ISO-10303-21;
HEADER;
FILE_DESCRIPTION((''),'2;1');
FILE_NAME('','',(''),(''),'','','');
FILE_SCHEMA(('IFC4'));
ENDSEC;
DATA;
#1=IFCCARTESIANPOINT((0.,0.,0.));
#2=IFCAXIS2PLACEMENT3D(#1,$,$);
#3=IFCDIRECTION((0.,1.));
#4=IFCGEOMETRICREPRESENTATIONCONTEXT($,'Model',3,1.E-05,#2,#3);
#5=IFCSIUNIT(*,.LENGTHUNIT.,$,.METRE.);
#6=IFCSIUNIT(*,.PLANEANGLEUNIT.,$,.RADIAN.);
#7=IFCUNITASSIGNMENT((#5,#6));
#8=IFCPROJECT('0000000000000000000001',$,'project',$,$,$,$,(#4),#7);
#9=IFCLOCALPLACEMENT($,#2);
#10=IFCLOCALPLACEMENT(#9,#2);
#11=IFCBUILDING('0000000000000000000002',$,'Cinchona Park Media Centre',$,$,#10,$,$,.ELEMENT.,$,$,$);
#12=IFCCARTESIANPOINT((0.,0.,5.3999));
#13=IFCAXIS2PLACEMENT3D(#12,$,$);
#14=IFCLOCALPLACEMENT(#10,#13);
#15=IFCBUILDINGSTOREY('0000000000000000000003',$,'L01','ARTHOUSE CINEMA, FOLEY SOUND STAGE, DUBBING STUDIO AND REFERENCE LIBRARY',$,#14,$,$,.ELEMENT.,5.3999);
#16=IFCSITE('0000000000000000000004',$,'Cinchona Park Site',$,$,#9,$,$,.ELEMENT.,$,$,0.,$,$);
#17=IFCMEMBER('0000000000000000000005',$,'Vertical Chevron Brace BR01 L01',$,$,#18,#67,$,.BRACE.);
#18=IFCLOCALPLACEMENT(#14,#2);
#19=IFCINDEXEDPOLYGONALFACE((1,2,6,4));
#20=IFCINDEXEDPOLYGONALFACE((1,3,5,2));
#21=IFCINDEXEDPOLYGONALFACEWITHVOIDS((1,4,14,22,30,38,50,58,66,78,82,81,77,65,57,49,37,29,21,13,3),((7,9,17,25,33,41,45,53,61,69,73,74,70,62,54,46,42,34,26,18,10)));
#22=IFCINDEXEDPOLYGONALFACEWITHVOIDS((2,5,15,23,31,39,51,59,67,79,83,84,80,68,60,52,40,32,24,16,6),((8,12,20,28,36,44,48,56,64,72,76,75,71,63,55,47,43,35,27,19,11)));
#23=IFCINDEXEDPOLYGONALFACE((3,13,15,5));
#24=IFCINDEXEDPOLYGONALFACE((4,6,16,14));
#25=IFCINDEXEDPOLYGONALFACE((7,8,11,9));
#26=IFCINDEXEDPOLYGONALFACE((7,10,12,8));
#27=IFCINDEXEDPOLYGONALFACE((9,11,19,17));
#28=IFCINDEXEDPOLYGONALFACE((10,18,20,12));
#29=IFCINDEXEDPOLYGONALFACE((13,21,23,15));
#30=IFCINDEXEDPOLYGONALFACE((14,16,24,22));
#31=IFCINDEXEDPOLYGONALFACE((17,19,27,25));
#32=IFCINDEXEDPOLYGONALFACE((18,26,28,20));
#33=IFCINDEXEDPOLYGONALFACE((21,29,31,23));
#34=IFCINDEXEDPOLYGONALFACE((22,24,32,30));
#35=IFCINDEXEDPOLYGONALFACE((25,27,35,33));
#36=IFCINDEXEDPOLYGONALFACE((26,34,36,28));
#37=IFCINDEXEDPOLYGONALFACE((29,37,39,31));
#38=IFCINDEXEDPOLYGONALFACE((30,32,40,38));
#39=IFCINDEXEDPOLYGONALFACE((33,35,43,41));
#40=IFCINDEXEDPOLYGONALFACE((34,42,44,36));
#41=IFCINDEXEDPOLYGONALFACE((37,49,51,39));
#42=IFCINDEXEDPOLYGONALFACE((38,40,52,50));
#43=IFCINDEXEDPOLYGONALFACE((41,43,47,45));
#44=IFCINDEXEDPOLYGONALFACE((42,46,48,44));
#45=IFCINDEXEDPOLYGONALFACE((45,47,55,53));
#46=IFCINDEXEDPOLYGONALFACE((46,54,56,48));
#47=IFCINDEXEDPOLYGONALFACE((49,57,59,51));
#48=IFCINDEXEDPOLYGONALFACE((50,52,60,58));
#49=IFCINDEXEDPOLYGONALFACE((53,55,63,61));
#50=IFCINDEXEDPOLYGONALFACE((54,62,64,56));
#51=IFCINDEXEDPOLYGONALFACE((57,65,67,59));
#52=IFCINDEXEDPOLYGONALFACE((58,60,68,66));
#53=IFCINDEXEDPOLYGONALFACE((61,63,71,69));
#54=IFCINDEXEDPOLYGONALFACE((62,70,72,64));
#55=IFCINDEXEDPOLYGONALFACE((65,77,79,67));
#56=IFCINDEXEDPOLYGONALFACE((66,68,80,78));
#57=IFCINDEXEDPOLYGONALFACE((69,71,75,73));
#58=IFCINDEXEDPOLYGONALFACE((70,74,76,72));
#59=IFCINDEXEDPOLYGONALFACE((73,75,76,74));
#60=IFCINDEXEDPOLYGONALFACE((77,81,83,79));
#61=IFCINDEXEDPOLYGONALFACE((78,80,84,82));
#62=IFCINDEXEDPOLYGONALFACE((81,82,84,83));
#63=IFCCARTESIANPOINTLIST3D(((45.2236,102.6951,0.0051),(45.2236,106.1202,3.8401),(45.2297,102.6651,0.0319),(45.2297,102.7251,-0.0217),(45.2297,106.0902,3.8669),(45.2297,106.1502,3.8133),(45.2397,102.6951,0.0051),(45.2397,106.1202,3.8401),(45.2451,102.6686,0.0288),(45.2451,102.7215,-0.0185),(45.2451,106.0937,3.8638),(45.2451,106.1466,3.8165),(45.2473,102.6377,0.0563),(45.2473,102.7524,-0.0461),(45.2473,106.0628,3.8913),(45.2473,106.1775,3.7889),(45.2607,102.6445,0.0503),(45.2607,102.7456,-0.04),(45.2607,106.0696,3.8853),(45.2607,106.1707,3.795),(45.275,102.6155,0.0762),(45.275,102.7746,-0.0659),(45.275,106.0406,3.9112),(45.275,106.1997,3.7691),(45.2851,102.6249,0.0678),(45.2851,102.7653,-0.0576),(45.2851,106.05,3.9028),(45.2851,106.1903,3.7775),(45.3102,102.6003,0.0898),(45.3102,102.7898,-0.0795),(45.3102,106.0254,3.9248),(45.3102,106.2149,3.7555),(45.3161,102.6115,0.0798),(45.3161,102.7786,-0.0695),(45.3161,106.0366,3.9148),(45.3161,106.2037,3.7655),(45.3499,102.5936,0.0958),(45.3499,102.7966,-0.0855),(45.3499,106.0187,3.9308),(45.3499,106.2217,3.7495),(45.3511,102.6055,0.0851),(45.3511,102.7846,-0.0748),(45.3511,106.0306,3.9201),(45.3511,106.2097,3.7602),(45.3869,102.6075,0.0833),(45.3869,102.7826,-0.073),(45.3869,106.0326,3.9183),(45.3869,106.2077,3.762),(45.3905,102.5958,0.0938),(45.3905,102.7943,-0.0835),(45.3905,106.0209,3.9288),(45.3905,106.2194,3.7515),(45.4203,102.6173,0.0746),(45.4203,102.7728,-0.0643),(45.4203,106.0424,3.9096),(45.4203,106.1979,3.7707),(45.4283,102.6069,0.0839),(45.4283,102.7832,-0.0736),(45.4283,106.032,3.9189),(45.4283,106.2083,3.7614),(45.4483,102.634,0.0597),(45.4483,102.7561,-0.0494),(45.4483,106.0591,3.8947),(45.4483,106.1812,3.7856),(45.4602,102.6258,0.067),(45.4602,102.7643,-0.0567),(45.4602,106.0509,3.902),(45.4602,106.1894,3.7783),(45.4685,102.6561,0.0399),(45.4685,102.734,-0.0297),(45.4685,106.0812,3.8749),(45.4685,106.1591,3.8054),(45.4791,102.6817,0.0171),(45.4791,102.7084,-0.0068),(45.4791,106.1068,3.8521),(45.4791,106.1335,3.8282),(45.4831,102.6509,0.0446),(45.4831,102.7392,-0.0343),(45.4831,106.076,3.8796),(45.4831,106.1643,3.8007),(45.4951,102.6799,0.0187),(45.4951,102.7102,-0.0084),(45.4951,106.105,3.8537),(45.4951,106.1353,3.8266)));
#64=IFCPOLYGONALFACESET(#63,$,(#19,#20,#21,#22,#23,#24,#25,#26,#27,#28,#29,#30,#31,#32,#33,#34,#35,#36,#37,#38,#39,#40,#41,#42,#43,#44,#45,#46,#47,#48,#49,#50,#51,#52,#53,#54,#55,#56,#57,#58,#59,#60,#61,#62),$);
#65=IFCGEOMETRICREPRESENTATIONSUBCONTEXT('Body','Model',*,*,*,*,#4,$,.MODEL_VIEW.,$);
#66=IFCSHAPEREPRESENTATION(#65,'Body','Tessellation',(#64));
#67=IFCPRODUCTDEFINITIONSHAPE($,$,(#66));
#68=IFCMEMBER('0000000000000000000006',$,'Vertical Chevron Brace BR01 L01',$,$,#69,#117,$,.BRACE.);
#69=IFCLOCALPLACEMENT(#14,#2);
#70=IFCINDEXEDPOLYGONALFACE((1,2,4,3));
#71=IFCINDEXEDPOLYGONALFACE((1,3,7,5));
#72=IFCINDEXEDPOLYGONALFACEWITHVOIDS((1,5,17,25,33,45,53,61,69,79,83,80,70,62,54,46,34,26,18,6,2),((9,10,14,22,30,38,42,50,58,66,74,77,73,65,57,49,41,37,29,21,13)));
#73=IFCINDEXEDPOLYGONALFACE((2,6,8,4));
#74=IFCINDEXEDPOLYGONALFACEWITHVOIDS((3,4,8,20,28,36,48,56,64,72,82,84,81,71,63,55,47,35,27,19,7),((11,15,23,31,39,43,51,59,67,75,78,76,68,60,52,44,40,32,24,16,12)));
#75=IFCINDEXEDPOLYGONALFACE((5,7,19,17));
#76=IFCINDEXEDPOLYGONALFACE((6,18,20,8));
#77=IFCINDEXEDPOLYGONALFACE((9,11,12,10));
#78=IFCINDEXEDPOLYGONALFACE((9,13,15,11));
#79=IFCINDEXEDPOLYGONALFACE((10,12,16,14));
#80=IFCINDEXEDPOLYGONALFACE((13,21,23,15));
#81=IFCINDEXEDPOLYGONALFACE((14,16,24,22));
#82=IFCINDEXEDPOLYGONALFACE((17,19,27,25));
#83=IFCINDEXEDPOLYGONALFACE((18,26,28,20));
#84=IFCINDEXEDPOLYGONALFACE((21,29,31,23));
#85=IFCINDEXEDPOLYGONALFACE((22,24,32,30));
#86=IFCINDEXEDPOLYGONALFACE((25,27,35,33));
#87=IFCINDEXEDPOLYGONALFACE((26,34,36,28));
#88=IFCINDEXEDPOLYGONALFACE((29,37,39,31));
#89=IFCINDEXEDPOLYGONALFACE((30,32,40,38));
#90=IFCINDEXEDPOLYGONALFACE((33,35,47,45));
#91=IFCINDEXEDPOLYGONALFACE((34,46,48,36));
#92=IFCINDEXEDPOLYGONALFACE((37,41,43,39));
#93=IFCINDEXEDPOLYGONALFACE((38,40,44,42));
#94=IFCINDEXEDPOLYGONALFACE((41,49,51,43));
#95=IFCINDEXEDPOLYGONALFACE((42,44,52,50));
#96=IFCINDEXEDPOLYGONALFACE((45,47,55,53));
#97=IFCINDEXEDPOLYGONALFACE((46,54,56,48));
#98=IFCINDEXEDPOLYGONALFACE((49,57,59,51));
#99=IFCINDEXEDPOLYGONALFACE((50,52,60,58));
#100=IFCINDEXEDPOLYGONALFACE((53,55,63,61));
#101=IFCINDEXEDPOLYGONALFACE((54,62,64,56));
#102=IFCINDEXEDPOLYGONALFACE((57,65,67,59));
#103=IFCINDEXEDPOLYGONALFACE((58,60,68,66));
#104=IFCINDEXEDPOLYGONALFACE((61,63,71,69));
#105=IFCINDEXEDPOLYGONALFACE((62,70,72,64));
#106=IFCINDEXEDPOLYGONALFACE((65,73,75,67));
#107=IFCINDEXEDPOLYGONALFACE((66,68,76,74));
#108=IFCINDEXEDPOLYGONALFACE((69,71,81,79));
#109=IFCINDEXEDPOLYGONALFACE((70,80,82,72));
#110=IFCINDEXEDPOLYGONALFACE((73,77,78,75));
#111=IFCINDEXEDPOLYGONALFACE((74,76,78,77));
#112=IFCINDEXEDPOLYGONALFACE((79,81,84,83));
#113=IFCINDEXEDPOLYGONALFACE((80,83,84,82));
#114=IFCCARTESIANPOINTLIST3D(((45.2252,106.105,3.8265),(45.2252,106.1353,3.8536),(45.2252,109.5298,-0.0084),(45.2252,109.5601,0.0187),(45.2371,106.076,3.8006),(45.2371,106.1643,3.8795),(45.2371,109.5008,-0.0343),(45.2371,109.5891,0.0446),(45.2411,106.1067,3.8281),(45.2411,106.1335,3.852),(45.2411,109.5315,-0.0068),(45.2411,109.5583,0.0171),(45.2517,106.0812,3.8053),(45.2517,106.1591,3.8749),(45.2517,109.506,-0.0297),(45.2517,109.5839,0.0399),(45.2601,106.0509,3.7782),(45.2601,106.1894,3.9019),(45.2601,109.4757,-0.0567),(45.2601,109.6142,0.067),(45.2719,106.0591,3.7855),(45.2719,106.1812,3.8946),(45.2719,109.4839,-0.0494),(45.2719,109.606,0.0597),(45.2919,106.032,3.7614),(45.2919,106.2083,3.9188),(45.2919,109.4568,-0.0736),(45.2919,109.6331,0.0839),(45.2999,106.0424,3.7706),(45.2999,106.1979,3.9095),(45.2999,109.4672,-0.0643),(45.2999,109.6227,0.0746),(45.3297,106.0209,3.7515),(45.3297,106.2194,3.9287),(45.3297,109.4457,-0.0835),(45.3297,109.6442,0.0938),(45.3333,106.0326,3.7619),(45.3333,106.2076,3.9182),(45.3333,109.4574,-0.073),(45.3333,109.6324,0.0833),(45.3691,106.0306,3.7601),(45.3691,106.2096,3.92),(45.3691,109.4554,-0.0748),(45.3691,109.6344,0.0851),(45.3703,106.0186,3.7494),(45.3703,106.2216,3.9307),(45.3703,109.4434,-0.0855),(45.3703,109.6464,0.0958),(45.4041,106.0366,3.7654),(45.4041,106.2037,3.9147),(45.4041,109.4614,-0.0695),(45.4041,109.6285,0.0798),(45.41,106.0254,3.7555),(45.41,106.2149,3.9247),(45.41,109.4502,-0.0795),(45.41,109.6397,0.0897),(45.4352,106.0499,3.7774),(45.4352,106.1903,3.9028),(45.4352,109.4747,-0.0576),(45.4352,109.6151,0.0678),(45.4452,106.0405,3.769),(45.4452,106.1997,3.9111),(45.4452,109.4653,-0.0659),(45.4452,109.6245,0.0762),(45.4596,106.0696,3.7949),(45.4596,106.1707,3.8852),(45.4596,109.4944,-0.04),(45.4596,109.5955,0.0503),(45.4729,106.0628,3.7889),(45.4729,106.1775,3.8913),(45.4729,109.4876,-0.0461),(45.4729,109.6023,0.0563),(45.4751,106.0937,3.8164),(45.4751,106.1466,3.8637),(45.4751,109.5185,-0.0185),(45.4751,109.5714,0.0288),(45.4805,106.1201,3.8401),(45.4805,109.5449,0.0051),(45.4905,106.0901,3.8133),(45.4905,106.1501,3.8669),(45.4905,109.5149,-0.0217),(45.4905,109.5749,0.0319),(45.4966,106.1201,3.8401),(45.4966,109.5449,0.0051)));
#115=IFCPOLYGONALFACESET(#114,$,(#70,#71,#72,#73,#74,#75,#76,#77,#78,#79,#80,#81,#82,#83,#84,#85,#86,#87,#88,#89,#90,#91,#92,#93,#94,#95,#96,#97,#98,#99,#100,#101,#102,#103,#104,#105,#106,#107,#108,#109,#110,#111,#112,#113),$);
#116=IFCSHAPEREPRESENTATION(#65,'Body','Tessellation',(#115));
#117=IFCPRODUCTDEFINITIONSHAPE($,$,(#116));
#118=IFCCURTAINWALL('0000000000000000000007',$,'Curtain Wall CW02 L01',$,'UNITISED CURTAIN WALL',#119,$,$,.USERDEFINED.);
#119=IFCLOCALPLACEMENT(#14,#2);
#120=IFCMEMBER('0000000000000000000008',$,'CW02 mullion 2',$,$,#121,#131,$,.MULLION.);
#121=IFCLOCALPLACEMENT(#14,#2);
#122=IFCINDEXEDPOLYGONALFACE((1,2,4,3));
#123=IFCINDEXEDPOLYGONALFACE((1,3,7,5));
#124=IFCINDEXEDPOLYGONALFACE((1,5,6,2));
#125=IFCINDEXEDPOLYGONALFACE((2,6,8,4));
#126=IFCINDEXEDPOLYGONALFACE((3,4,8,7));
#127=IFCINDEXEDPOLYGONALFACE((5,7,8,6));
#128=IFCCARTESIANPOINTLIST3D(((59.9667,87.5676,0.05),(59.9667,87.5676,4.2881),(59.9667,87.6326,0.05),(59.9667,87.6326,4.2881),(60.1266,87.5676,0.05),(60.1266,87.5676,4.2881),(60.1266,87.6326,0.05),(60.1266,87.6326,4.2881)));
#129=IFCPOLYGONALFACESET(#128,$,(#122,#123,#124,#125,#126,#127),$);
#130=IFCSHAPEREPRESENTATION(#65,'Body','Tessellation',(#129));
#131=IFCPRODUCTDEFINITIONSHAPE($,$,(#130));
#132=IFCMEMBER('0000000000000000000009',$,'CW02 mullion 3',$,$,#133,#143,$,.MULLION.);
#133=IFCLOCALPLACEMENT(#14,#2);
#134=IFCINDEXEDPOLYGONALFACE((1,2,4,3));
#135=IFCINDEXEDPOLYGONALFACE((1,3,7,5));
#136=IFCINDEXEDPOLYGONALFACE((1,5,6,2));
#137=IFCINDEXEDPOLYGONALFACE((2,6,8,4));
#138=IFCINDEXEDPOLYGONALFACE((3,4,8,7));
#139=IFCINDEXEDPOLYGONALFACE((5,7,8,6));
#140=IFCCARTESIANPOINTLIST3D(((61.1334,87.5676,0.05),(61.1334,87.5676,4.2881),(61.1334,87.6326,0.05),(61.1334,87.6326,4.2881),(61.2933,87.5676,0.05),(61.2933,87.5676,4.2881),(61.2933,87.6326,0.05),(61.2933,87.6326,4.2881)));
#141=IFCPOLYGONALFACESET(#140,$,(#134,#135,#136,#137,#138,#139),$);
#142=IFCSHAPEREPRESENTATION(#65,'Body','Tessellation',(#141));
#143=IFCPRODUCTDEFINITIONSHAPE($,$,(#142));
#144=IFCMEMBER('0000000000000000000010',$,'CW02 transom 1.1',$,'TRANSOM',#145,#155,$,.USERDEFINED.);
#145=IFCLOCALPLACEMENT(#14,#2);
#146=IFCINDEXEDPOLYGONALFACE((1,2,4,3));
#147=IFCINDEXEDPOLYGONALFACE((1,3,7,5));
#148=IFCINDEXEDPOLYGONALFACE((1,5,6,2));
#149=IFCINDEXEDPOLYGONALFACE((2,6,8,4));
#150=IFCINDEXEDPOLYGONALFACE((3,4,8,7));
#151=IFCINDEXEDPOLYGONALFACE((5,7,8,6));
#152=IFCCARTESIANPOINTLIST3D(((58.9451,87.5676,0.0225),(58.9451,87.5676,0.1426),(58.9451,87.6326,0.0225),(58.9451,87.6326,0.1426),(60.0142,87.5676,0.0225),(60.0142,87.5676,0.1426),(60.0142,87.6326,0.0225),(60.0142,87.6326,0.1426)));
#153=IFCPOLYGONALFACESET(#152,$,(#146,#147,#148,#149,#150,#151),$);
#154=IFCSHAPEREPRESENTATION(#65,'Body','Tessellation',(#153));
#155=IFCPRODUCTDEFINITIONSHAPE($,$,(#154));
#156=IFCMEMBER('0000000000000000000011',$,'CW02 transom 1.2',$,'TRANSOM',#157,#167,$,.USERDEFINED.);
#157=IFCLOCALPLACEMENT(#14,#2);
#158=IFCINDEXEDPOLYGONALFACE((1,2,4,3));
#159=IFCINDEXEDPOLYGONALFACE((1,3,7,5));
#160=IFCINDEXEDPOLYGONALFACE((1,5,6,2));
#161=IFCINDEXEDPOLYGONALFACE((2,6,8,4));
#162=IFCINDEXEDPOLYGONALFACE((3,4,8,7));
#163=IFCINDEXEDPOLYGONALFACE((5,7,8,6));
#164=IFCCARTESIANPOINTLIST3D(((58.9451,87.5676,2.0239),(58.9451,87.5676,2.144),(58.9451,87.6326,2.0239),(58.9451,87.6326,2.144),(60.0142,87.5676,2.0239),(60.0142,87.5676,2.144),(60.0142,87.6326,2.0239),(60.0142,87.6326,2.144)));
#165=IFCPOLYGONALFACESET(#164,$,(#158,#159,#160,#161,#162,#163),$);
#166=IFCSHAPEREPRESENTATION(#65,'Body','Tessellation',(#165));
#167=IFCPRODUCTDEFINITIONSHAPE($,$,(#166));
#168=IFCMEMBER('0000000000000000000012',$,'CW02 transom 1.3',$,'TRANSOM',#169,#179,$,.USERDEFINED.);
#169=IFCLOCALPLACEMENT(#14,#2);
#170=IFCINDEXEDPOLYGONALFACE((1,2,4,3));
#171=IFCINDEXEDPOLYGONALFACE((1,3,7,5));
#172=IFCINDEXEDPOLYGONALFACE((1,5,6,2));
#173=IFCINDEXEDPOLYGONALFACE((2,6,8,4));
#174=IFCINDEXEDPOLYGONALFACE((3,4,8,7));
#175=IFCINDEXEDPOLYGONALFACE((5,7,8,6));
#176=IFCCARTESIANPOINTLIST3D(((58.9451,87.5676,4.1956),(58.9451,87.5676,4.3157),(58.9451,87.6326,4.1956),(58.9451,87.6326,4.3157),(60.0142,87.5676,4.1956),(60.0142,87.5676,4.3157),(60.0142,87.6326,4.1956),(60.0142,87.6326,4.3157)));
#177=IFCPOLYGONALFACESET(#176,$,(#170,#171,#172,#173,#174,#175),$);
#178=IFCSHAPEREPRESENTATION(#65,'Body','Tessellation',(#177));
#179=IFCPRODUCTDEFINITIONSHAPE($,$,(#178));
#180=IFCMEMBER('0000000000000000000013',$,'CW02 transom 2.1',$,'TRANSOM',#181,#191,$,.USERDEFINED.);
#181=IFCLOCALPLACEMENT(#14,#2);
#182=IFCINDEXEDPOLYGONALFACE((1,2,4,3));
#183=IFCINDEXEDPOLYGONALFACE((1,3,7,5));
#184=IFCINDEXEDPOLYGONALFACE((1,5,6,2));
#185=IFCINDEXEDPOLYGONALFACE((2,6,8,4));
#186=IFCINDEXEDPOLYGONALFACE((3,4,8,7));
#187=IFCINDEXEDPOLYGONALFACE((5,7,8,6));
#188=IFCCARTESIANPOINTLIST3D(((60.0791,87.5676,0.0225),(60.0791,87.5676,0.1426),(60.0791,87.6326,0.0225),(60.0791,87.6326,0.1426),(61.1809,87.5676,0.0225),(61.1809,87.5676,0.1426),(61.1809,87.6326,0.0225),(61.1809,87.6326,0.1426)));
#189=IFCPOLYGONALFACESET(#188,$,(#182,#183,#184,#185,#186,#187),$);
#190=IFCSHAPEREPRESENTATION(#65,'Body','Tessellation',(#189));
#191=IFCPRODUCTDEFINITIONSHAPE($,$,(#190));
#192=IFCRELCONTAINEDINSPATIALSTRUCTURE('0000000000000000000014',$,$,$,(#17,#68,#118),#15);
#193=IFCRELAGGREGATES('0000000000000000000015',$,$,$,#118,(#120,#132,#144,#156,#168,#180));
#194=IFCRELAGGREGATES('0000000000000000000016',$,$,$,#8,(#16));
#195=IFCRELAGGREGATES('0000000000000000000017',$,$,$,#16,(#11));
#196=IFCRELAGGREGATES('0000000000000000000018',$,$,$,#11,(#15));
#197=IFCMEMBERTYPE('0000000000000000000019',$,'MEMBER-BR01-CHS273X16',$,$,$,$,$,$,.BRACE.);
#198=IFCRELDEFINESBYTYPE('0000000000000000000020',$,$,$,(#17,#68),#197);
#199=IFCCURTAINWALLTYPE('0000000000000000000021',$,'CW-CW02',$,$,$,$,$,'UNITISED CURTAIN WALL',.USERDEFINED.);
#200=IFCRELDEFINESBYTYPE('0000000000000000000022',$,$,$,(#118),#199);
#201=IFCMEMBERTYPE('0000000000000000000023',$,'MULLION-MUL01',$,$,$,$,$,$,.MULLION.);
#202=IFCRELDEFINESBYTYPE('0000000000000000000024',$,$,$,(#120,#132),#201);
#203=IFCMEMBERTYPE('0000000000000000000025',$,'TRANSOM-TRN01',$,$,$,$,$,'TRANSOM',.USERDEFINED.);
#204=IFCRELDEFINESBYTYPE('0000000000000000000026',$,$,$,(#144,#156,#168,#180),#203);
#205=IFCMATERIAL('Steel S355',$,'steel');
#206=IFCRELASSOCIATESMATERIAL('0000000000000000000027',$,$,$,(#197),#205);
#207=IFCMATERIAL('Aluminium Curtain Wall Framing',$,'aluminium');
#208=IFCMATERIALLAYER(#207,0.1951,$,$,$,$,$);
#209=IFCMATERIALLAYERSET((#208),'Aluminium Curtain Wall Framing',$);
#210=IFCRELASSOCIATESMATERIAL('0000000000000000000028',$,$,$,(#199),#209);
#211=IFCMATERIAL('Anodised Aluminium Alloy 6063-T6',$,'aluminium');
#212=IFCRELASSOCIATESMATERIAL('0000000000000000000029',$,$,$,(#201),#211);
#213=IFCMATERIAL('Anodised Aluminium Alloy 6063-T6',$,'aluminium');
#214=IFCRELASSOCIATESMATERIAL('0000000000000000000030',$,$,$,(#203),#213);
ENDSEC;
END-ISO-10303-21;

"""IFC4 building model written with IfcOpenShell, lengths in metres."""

from ifc_helpers import new_model, si_unit, direction, frame, origin, origin_2d, place, context, subcontext, project, spatial, rectangle, hollow_circle, extrude, material, layer, layer_set, material_profile, profile_set, type_object, element, aggregate, save


model = new_model("IFC4")

# Units and contexts
model_context = context("Model", 3, precision=1e-05, world=origin(), true_north=direction((0.0, 1.0)))
body_context = subcontext(model_context, "Body", "Model", "MODEL_VIEW")
ifc_project = project(units=[si_unit("LENGTHUNIT", "METRE"), si_unit("PLANEANGLEUNIT", "RADIAN")], contexts=[model_context])

# Site, building, storey
site_placement = place(None, origin())
site = spatial("IfcSite", under=ifc_project, at=site_placement, Name="Cinchona Park Site", CompositionType="ELEMENT", RefElevation=0.0)
building_placement = place(site_placement, origin())
building = spatial("IfcBuilding", under=site, at=building_placement, Name="Cinchona Park Media Centre", CompositionType="ELEMENT")
storey_placement = place(building_placement, frame((0.0, 0.0, 5.3999)))
storey = spatial("IfcBuildingStorey", under=building, at=storey_placement, Name="L01", Description="ARTHOUSE CINEMA, FOLEY SOUND STAGE, DUBBING STUDIO AND REFERENCE LIBRARY", CompositionType="ELEMENT", Elevation=5.3999)

# Members
ifc_material_1 = material(Name="Steel S355", Category="steel")
ifc_material_profile_1 = material_profile(ifc_material_1, hollow_circle(Radius=0.1365, WallThickness=0.0161, at=origin_2d()), Name="273X16CHS")
ifc_profile_set_1 = profile_set([ifc_material_profile_1], Name="Steel S355")
member_type_1 = type_object("IfcMemberType", Name="MEMBER-BR01-CHS273X16", PredefinedType="BRACE", material=ifc_profile_set_1)
member_1_placement = place(storey_placement, frame((45.3601, 102.6951, 0.0051), z_axis=(0.0, 0.666121, 0.745843), x_axis=(-1.0, 0.0, 0.0)))
element("IfcMember", 1, at=member_1_placement, inside=storey, type_object=member_type_1, Name="Vertical Chevron Brace BR01 L01", PredefinedType="BRACE", context=body_context, shape_type="SweptSolid", body=[
    extrude(hollow_circle(Radius=0.1365, WallThickness=0.0161, at=origin_2d()), origin(), (0.0, 0.0, 1.0), 5.1418),
])
member_2_placement = place(storey_placement, frame((45.3601, 109.5449, 0.0051), z_axis=(0.0, -0.666095, 0.745867), x_axis=(1.0, 0.0, 0.0)))
element("IfcMember", 2, at=member_2_placement, inside=storey, type_object=member_type_1, Name="Vertical Chevron Brace BR01 L01", PredefinedType="BRACE", context=body_context, shape_type="SweptSolid", body=[
    extrude(hollow_circle(Radius=0.1365, WallThickness=0.0161, at=origin_2d()), origin(), (0.0, 0.0, 1.0), 5.1416),
])

# Curtain wall, members
ifc_material_2 = material(Name="Aluminium Curtain Wall Framing", Category="aluminium")
ifc_layer_1 = layer(ifc_material_2, 0.1951)
ifc_layer_set_1 = layer_set([ifc_layer_1], Name="Aluminium Curtain Wall Framing")
curtain_wall_type = type_object("IfcCurtainWallType", Name="CW-CW02", ElementType="UNITISED CURTAIN WALL", PredefinedType="USERDEFINED", material=ifc_layer_set_1)
curtain_wall_placement = place(storey_placement, origin())
curtain_wall = element("IfcCurtainWall", 3, at=curtain_wall_placement, inside=storey, type_object=curtain_wall_type, Name="Curtain Wall CW02 L01", ObjectType="UNITISED CURTAIN WALL", PredefinedType="USERDEFINED")
ifc_material_3 = material(Name="Anodised Aluminium Alloy 6063-T6", Category="aluminium")
ifc_material_profile_2 = material_profile(ifc_material_3, rectangle(XDim=0.0649, YDim=0.1599, at=origin_2d()), Name="MUL-65X160")
ifc_profile_set_2 = profile_set([ifc_material_profile_2], Name="Anodised Aluminium Alloy 6063-T6")
member_type_2 = type_object("IfcMemberType", Name="MULLION-MUL01", PredefinedType="MULLION", material=ifc_profile_set_2)
member_3_placement = place(storey_placement, frame((60.0466, 87.6001, 0.05), z_axis=(0.0, 0.0, 1.0), x_axis=(0.0, 1.0, 0.0)))
member_3 = element("IfcMember", 4, at=member_3_placement, type_object=member_type_2, Name="CW02 mullion 2", PredefinedType="MULLION", context=body_context, shape_type="SweptSolid", body=[
    extrude(rectangle(XDim=0.0649, YDim=0.1599, at=origin_2d()), origin(), (0.0, 0.0, 1.0), 4.238),
])
member_4_placement = place(storey_placement, frame((61.2134, 87.6001, 0.05), z_axis=(0.0, 0.0, 1.0), x_axis=(0.0, 1.0, 0.0)))
member_4 = element("IfcMember", 5, at=member_4_placement, type_object=member_type_2, Name="CW02 mullion 3", PredefinedType="MULLION", context=body_context, shape_type="SweptSolid", body=[
    extrude(rectangle(XDim=0.0649, YDim=0.1599, at=origin_2d()), origin(), (0.0, 0.0, 1.0), 4.238),
])
ifc_material_4 = material(Name="Anodised Aluminium Alloy 6063-T6", Category="aluminium")
ifc_material_profile_3 = material_profile(ifc_material_4, rectangle(XDim=0.0649, YDim=0.1201, at=origin_2d()), Name="TRN-65X120")
ifc_profile_set_3 = profile_set([ifc_material_profile_3], Name="Anodised Aluminium Alloy 6063-T6")
member_type_3 = type_object("IfcMemberType", Name="TRANSOM-TRN01", ElementType="TRANSOM", PredefinedType="USERDEFINED", material=ifc_profile_set_3)
member_5_placement = place(storey_placement, frame((58.9451, 87.6001, 0.0825), z_axis=(1.0, 0.0, 0.0), x_axis=(0.0, 1.0, 0.0)))
member_5 = element("IfcMember", 6, at=member_5_placement, type_object=member_type_3, Name="CW02 transom 1.1", ObjectType="TRANSOM", PredefinedType="USERDEFINED", context=body_context, shape_type="SweptSolid", body=[
    extrude(rectangle(XDim=0.0649, YDim=0.1201, at=origin_2d()), origin(), (0.0, 0.0, 1.0), 1.0691),
])
member_6_placement = place(storey_placement, frame((58.9451, 87.6001, 2.084), z_axis=(1.0, 0.0, 0.0), x_axis=(0.0, 1.0, 0.0)))
member_6 = element("IfcMember", 7, at=member_6_placement, type_object=member_type_3, Name="CW02 transom 1.2", ObjectType="TRANSOM", PredefinedType="USERDEFINED", context=body_context, shape_type="SweptSolid", body=[
    extrude(rectangle(XDim=0.0649, YDim=0.1201, at=origin_2d()), origin(), (0.0, 0.0, 1.0), 1.0691),
])
member_7_placement = place(storey_placement, frame((58.9451, 87.6001, 4.2556), z_axis=(1.0, 0.0, 0.0), x_axis=(0.0, 1.0, 0.0)))
member_7 = element("IfcMember", 8, at=member_7_placement, type_object=member_type_3, Name="CW02 transom 1.3", ObjectType="TRANSOM", PredefinedType="USERDEFINED", context=body_context, shape_type="SweptSolid", body=[
    extrude(rectangle(XDim=0.0649, YDim=0.1201, at=origin_2d()), origin(), (0.0, 0.0, 1.0), 1.0691),
])
member_8_placement = place(storey_placement, frame((60.0791, 87.6001, 0.0825), z_axis=(1.0, 0.0, 0.0), x_axis=(0.0, 1.0, 0.0)))
member_8 = element("IfcMember", 9, at=member_8_placement, type_object=member_type_3, Name="CW02 transom 2.1", ObjectType="TRANSOM", PredefinedType="USERDEFINED", context=body_context, shape_type="SweptSolid", body=[
    extrude(rectangle(XDim=0.0649, YDim=0.1201, at=origin_2d()), origin(), (0.0, 0.0, 1.0), 1.1018),
])
aggregate(curtain_wall, [member_3, member_4, member_5, member_6, member_7, member_8])

save(model, "model.ifc")
